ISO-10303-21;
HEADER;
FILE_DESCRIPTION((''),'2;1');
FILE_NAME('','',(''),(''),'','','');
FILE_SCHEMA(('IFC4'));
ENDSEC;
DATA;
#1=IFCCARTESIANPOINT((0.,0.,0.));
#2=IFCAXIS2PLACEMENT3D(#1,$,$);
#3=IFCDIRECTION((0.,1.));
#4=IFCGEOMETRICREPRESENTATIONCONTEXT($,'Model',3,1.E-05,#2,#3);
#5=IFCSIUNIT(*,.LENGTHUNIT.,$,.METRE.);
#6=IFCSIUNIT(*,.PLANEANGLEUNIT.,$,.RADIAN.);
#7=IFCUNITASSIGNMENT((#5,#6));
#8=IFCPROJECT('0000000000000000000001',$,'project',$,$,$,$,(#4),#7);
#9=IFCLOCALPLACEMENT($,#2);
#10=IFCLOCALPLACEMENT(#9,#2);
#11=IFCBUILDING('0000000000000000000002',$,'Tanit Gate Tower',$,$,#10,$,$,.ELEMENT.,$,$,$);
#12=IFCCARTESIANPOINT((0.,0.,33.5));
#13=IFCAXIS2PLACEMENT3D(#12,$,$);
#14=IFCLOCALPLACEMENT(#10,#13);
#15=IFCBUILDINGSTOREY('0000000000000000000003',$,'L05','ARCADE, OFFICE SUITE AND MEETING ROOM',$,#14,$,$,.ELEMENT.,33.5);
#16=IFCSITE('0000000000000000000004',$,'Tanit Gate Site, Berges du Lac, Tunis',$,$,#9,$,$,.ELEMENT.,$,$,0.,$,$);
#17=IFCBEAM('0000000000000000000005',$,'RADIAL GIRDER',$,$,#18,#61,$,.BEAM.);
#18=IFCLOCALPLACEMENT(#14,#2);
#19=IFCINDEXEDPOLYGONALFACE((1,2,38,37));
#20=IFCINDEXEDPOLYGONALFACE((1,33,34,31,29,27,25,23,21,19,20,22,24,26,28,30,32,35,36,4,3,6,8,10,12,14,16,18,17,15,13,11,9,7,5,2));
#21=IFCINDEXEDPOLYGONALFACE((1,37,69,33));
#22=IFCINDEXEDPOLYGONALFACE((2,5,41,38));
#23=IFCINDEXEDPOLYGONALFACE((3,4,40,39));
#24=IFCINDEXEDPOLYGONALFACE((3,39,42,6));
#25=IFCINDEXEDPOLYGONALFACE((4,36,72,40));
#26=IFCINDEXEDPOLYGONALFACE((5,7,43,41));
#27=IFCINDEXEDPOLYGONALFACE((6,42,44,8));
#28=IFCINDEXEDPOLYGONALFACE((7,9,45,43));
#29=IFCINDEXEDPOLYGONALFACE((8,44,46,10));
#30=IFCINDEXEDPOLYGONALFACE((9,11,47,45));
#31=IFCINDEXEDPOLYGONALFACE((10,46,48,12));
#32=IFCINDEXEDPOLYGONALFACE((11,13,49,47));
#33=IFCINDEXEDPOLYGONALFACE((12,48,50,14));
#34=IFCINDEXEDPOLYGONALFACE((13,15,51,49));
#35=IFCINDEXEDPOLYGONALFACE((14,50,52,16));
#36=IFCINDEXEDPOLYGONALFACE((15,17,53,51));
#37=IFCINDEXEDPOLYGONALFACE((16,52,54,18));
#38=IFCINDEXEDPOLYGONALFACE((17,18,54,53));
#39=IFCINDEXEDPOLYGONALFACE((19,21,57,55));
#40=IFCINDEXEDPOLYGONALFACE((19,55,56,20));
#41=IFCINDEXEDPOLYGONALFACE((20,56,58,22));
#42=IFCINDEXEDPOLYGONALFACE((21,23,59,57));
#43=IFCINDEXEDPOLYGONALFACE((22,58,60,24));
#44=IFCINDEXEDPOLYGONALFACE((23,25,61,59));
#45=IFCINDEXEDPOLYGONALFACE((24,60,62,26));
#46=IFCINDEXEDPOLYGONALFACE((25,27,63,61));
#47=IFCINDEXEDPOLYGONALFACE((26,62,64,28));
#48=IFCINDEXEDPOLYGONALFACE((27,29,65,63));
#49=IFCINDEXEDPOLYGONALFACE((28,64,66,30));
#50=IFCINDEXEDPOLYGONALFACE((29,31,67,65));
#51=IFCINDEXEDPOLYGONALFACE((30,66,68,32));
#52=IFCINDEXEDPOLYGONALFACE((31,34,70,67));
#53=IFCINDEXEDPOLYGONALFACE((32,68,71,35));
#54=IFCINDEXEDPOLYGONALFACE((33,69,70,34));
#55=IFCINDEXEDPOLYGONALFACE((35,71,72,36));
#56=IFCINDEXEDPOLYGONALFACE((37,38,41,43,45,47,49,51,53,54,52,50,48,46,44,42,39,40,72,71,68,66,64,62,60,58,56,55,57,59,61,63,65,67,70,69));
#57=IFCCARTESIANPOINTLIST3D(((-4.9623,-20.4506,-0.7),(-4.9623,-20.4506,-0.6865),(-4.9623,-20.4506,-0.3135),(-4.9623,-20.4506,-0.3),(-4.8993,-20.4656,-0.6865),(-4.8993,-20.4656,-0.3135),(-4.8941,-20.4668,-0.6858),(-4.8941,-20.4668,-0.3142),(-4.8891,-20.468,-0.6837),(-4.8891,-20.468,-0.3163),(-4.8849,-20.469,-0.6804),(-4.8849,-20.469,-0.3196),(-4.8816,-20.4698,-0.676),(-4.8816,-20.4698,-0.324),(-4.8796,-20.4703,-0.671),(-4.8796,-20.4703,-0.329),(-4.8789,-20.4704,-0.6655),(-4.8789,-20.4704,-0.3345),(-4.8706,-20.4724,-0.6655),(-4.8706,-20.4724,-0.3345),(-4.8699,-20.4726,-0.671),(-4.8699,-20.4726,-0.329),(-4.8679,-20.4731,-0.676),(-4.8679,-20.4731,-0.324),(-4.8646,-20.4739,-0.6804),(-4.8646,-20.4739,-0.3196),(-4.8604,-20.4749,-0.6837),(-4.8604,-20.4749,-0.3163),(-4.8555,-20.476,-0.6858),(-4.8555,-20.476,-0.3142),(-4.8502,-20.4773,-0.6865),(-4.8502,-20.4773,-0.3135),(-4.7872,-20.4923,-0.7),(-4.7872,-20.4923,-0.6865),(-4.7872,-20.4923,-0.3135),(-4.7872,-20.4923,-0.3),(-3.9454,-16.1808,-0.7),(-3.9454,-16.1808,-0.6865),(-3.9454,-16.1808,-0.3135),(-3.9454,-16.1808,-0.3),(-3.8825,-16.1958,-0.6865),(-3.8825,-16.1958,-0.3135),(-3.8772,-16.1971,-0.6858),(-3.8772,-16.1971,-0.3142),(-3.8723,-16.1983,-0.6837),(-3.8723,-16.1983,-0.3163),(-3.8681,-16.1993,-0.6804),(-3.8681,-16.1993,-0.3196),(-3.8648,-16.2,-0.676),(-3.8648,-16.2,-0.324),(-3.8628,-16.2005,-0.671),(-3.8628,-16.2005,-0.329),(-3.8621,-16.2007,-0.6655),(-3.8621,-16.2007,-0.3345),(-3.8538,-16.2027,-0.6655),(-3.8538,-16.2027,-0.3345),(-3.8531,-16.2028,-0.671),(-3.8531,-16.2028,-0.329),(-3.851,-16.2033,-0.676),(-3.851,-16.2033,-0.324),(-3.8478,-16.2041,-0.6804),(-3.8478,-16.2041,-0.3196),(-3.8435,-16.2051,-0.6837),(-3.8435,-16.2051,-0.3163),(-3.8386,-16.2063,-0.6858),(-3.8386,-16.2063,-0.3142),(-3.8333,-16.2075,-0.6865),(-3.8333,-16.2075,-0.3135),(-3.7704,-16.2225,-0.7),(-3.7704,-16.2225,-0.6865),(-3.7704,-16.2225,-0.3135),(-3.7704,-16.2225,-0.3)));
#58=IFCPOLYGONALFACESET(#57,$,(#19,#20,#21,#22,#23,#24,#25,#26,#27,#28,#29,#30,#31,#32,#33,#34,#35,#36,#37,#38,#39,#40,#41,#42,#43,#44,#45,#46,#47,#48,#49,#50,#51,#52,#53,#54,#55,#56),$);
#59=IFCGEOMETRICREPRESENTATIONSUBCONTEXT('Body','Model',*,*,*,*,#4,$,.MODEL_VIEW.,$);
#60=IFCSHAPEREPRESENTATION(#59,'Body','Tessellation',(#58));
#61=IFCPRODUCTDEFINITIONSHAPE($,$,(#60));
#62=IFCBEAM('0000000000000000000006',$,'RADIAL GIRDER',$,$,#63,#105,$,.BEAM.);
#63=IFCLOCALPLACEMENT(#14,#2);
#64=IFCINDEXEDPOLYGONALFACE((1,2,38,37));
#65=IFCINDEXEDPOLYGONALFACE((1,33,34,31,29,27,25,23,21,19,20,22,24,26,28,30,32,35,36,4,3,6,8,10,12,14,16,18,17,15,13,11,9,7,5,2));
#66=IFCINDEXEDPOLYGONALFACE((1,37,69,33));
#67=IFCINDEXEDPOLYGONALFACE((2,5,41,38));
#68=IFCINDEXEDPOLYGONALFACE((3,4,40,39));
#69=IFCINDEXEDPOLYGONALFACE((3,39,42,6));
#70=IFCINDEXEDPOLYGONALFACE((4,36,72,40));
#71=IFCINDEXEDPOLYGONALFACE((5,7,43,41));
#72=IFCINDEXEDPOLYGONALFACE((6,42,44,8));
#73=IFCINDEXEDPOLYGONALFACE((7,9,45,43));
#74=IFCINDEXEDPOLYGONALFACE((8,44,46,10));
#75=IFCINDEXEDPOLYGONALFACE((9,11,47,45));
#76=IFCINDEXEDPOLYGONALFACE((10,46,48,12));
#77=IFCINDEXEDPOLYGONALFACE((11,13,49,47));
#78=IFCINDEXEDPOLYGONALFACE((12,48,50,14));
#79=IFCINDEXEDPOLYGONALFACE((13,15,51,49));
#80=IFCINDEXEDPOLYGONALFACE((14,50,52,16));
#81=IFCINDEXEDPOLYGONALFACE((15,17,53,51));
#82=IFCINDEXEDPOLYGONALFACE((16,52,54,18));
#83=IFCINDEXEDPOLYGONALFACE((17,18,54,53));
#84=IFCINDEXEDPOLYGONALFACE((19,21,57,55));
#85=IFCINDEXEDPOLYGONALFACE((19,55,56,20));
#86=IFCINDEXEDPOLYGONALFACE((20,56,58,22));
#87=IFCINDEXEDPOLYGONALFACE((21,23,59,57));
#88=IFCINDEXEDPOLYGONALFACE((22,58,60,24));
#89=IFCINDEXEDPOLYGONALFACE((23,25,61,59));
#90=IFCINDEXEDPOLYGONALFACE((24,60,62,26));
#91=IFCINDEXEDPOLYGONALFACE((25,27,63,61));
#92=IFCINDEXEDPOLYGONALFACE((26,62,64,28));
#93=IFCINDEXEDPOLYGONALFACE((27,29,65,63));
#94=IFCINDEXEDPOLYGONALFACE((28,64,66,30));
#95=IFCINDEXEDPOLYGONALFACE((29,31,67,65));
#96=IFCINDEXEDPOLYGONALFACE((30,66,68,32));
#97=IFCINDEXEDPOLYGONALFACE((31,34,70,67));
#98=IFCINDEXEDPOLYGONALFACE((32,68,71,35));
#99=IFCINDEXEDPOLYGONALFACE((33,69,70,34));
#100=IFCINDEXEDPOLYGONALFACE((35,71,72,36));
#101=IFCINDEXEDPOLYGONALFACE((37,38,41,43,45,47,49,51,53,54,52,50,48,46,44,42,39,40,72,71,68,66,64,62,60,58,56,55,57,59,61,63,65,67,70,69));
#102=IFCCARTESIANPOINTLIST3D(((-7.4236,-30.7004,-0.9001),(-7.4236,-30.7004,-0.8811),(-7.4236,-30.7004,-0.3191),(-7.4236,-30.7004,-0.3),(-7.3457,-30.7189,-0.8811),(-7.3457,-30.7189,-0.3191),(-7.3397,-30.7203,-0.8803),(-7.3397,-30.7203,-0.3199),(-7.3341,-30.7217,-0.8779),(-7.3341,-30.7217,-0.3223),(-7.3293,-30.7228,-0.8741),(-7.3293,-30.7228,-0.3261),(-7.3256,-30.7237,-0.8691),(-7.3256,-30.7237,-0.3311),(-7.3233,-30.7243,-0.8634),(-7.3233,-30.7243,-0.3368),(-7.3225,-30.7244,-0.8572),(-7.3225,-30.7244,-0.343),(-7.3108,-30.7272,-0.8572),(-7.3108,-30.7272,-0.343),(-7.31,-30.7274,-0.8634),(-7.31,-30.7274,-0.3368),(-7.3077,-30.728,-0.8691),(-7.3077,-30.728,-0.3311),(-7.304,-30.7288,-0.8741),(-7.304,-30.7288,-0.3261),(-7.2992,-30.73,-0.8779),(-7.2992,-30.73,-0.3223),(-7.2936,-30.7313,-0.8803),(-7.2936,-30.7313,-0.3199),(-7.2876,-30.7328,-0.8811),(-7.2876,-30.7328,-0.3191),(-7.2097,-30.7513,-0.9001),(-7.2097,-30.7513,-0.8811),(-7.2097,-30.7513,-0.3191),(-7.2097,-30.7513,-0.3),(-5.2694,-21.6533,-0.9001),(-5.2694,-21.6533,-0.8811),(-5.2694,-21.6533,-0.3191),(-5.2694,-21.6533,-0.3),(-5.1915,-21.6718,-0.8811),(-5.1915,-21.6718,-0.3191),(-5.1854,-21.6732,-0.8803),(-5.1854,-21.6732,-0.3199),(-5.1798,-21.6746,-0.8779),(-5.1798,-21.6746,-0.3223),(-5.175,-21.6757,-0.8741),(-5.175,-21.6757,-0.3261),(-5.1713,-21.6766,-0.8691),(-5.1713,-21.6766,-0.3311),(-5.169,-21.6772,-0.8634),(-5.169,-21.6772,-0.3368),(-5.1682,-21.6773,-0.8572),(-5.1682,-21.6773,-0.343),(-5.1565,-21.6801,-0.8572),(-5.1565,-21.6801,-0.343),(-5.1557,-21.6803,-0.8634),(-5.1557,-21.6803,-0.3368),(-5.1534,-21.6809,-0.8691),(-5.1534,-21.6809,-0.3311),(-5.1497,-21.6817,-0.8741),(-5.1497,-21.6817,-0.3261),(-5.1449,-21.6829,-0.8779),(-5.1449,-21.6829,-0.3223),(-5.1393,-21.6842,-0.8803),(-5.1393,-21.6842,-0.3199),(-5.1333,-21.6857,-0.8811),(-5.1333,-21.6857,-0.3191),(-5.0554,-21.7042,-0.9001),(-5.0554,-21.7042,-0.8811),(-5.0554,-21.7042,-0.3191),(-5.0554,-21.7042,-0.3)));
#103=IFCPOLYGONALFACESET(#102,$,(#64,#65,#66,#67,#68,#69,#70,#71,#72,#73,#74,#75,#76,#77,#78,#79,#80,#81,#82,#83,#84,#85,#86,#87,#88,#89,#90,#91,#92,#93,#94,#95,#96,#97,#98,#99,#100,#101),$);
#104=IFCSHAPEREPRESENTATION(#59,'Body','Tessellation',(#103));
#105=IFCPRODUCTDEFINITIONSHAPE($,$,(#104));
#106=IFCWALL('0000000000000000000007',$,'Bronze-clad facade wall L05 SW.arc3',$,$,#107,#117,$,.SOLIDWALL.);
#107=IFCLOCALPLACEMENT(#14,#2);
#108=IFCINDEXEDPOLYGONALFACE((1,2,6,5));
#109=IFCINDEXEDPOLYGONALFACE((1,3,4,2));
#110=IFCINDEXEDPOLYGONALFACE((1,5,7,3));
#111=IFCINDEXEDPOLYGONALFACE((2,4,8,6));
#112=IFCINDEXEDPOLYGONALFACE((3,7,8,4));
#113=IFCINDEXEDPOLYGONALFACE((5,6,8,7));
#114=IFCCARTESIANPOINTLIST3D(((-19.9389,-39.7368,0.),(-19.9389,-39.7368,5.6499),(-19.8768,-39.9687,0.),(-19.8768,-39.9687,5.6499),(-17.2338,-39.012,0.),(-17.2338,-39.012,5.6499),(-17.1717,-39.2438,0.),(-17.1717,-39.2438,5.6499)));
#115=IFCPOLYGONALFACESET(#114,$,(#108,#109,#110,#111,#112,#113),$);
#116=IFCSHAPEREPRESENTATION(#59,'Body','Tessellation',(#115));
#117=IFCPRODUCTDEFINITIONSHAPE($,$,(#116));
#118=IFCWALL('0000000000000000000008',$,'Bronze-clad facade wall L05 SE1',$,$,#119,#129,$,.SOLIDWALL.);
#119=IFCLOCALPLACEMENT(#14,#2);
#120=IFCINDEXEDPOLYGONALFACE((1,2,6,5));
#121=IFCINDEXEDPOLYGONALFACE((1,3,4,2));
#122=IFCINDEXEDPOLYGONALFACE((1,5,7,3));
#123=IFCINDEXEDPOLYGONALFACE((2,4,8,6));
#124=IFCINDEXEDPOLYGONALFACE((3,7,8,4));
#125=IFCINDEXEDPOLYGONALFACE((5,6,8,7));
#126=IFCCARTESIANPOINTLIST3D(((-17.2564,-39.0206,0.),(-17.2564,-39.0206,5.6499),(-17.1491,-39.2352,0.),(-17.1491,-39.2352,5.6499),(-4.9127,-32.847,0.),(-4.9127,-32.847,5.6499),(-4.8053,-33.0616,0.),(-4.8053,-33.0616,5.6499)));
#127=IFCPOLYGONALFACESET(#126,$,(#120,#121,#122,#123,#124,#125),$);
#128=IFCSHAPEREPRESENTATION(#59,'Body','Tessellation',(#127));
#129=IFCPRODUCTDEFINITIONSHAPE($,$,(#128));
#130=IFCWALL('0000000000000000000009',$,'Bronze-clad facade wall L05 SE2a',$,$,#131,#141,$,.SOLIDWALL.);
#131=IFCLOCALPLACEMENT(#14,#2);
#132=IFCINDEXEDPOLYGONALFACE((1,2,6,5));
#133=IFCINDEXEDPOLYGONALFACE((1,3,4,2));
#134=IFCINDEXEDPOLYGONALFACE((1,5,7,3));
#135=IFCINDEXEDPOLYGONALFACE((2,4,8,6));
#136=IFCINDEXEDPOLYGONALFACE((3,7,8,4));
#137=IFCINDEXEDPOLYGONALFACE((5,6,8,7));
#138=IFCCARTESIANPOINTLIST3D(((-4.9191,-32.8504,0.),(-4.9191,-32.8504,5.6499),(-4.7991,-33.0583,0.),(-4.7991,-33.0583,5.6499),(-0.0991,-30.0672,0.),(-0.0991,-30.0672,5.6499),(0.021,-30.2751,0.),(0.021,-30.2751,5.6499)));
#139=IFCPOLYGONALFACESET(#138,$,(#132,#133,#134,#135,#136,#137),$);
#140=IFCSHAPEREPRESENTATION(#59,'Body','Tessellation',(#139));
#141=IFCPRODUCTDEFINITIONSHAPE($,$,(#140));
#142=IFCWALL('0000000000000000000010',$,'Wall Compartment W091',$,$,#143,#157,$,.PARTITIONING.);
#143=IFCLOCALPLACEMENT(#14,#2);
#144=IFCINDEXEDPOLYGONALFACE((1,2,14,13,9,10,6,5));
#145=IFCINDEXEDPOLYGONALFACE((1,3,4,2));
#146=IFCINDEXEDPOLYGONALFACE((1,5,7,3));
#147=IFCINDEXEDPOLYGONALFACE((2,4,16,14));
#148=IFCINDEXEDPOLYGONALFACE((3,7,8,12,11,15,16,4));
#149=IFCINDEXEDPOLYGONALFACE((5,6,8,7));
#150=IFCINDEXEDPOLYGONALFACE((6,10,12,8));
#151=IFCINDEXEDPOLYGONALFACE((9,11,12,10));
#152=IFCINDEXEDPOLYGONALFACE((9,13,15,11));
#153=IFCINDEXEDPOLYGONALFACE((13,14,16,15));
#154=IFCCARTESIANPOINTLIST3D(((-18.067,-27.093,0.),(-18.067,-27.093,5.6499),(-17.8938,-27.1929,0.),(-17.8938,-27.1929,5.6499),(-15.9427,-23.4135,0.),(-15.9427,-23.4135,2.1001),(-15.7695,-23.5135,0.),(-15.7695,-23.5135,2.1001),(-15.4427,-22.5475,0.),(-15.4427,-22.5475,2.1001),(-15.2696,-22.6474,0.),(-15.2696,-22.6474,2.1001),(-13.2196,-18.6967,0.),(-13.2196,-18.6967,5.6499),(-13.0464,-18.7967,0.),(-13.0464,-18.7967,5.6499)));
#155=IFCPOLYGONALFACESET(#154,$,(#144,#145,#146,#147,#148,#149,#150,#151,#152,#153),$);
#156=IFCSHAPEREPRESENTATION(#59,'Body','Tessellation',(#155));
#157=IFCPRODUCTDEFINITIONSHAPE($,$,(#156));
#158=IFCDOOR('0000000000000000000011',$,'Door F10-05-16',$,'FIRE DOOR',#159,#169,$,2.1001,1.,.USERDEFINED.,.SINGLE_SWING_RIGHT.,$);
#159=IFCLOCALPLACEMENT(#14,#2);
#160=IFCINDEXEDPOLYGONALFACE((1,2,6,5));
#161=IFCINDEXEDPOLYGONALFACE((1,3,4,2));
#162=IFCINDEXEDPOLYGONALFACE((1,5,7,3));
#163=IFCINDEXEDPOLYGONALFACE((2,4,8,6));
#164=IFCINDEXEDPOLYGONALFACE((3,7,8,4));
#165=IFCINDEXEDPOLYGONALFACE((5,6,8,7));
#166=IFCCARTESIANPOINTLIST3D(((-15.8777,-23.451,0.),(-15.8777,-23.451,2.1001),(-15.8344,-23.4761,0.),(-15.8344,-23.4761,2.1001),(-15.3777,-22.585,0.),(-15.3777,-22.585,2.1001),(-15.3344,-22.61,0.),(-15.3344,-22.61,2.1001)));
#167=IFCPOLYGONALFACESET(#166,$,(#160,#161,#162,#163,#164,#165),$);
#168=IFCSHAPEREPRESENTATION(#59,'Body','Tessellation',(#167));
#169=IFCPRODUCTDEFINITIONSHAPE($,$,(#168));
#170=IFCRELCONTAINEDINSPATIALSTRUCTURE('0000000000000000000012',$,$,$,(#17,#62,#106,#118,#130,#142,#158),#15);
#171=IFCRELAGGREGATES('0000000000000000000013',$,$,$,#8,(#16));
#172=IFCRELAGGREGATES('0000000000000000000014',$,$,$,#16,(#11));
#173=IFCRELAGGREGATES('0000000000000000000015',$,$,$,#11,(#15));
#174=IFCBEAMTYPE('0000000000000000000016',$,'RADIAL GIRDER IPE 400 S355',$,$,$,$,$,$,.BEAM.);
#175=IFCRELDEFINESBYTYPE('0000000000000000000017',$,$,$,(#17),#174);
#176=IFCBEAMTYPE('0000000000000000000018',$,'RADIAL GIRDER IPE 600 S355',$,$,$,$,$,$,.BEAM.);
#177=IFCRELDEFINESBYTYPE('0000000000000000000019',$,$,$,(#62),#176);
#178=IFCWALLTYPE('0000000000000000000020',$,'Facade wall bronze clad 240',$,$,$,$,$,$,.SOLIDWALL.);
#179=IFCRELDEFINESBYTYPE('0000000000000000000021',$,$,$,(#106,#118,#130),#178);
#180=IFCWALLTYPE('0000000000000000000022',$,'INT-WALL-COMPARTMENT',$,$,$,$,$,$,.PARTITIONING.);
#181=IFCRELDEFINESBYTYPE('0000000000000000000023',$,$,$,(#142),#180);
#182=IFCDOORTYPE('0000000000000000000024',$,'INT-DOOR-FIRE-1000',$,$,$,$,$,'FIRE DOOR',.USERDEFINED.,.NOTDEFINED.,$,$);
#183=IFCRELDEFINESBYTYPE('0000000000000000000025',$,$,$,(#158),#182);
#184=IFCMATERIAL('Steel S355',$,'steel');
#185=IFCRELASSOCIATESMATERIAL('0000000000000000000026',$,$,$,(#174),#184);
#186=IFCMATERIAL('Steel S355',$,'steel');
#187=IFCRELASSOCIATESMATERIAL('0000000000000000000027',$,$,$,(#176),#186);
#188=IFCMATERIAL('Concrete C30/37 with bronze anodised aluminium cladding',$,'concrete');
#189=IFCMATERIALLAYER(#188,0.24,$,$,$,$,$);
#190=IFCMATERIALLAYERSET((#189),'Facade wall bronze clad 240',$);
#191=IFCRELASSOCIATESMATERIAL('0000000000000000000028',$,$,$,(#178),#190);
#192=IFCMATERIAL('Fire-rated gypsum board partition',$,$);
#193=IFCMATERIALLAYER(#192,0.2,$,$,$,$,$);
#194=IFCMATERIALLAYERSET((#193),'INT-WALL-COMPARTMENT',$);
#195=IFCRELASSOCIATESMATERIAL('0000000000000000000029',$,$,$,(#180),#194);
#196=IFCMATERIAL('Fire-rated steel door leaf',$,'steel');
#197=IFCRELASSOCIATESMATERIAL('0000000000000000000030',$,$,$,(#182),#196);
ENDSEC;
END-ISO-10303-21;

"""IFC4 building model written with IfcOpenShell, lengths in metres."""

from ifc_helpers import new_model, si_unit, direction, frame, frame_2d, origin, origin_2d, place, context, subcontext, project, spatial, rectangle, i_section, extrude, material, layer, layer_set, material_profile, profile_set, type_object, element, fill, save


model = new_model("IFC4")

# Units and contexts
model_context = context("Model", 3, precision=1e-05, world=origin(), true_north=direction((0.0, 1.0)))
body_context = subcontext(model_context, "Body", "Model", "MODEL_VIEW")
ifc_project = project(units=[si_unit("LENGTHUNIT", "METRE"), si_unit("PLANEANGLEUNIT", "RADIAN")], contexts=[model_context])

# Site, building, storey
site_placement = place(None, origin())
site = spatial("IfcSite", under=ifc_project, at=site_placement, Name="Tanit Gate Site, Berges du Lac, Tunis", CompositionType="ELEMENT", RefElevation=0.0)
building_placement = place(site_placement, origin())
building = spatial("IfcBuilding", under=site, at=building_placement, Name="Tanit Gate Tower", CompositionType="ELEMENT")
storey_placement = place(building_placement, frame((0.0, 0.0, 33.5)))
storey = spatial("IfcBuildingStorey", under=building, at=storey_placement, Name="L05", Description="ARCADE, OFFICE SUITE AND MEETING ROOM", CompositionType="ELEMENT", Elevation=33.5)

# Beams
ifc_material_1 = material(Name="Steel S355", Category="steel")
ifc_material_profile_1 = material_profile(ifc_material_1, i_section(OverallWidth=0.1799, OverallDepth=0.3999, WebThickness=0.0085, FlangeThickness=0.0134, FilletRadius=0.021, at=origin_2d()), Name="IPE 400")
ifc_profile_set_1 = profile_set([ifc_material_profile_1], Name="Steel S355")
beam_type_1 = type_object("IfcBeamType", Name="RADIAL GIRDER IPE 400 S355", PredefinedType="BEAM", material=ifc_profile_set_1)
beam_1_placement = place(storey_placement, frame((-4.8748, -20.4714, -0.5), z_axis=(0.231671, 0.972794, 0.0), x_axis=(-0.972794, 0.231671, 0.0)))
element("IfcBeam", 1, at=beam_1_placement, inside=storey, type_object=beam_type_1, Name="RADIAL GIRDER", PredefinedType="BEAM", context=body_context, shape_type="SweptSolid", body=[
    extrude(i_section(OverallWidth=0.1799, OverallDepth=0.3999, WebThickness=0.0085, FlangeThickness=0.0134, FilletRadius=0.021, at=origin_2d()), origin(), (0.0, 0.0, 1.0), 4.3892),
])
ifc_material_2 = material(Name="Steel S355", Category="steel")
ifc_material_profile_2 = material_profile(ifc_material_2, i_section(OverallWidth=0.22, OverallDepth=0.6001, WebThickness=0.012, FlangeThickness=0.019, FilletRadius=0.0239, at=origin_2d()), Name="IPE 600")
ifc_profile_set_2 = profile_set([ifc_material_profile_2], Name="Steel S355")
beam_type_2 = type_object("IfcBeamType", Name="RADIAL GIRDER IPE 600 S355", PredefinedType="BEAM", material=ifc_profile_set_2)
beam_2_placement = place(storey_placement, frame((-7.3167, -30.7258, -0.6001), z_axis=(0.231643, 0.972801, 0.0), x_axis=(-0.972801, 0.231643, 0.0)))
element("IfcBeam", 2, at=beam_2_placement, inside=storey, type_object=beam_type_2, Name="RADIAL GIRDER", PredefinedType="BEAM", context=body_context, shape_type="SweptSolid", body=[
    extrude(i_section(OverallWidth=0.22, OverallDepth=0.6001, WebThickness=0.012, FlangeThickness=0.019, FilletRadius=0.0239, at=origin_2d()), origin(), (0.0, 0.0, 1.0), 9.3),
])

# Walls
ifc_material_3 = material(Name="Concrete C30/37 with bronze anodised aluminium cladding", Category="concrete")
ifc_layer_1 = layer(ifc_material_3, 0.24)
ifc_layer_set_1 = layer_set([ifc_layer_1], Name="Facade wall bronze clad 240")
wall_type_1 = type_object("IfcWallType", Name="Facade wall bronze clad 240", PredefinedType="SOLIDWALL", material=ifc_layer_set_1)
wall_1_placement = place(storey_placement, frame((-19.908, -39.8528, 0.0), z_axis=(0.0, 0.0, 1.0), x_axis=(0.965923, 0.258829, 0.0)))
element("IfcWall", 3, at=wall_1_placement, inside=storey, type_object=wall_type_1, Name="Bronze-clad facade wall L05 SW.arc3", PredefinedType="SOLIDWALL", context=body_context, shape_type="SweptSolid", body=[
    extrude(rectangle(XDim=2.8005, YDim=0.24, at=frame_2d((1.4004, 0.0))), origin(), (0.0, 0.0, 1.0), 5.6499),
])
wall_2_placement = place(storey_placement, frame((-17.2029, -39.1279, 0.0), z_axis=(0.0, 0.0, 1.0), x_axis=(0.894378, 0.447313, 0.0)))
element("IfcWall", 4, at=wall_2_placement, inside=storey, type_object=wall_type_1, Name="Bronze-clad facade wall L05 SE1", PredefinedType="SOLIDWALL", context=body_context, shape_type="SweptSolid", body=[
    extrude(rectangle(XDim=13.8015, YDim=0.24, at=frame_2d((6.9009, 0.0))), origin(), (0.0, 0.0, 1.0), 5.6499),
])
wall_3_placement = place(storey_placement, frame((-4.8591, -32.9543, 0.0), z_axis=(0.0, 0.0, 1.0), x_axis=(0.865999, 0.500045, 0.0)))
element("IfcWall", 5, at=wall_3_placement, inside=storey, type_object=wall_type_1, Name="Bronze-clad facade wall L05 SE2a", PredefinedType="SOLIDWALL", context=body_context, shape_type="SweptSolid", body=[
    extrude(rectangle(XDim=5.5659, YDim=0.24, at=frame_2d((2.783, 0.0))), origin(), (0.0, 0.0, 1.0), 5.6499),
])

# Wall, opening, door
ifc_material_4 = material(Name="Fire-rated gypsum board partition")
ifc_layer_2 = layer(ifc_material_4, 0.2)
ifc_layer_set_2 = layer_set([ifc_layer_2], Name="INT-WALL-COMPARTMENT")
wall_type_2 = type_object("IfcWallType", Name="INT-WALL-COMPARTMENT", PredefinedType="PARTITIONING", material=ifc_layer_set_2)
wall_4_placement = place(storey_placement, frame((-17.9805, -27.1431, 0.0), z_axis=(0.0, 0.0, 1.0), x_axis=(0.499988, 0.866033, 0.0)))
wall_4 = element("IfcWall", 6, at=wall_4_placement, inside=storey, type_object=wall_type_2, Name="Wall Compartment W091", PredefinedType="PARTITIONING", context=body_context, shape_type="SweptSolid", body=[
    extrude(rectangle(XDim=9.6951, YDim=0.2, at=frame_2d((4.8477, 0.0))), origin(), (0.0, 0.0, 1.0), 5.6499),
])
opening_1_placement = place(wall_4_placement, frame((4.2488, 0.0, 0.0)))
opening_1 = element("IfcOpeningElement", 7, at=opening_1_placement, cuts=wall_4, PredefinedType="OPENING", context=body_context, shape_type="SweptSolid", body=[
    extrude(rectangle(XDim=1.0, YDim=2.1001, at=frame_2d((0.5, 1.05))), frame((0.0, 0.1099, 0.0), z_axis=(0.0, -1.0, 0.0), x_axis=(1.0, 0.0, 0.0)), (0.0, 0.0, 1.0), 0.22),
])
ifc_material_5 = material(Name="Fire-rated steel door leaf", Category="steel")
door_type = type_object("IfcDoorType", Name="INT-DOOR-FIRE-1000", ElementType="FIRE DOOR", OperationType="NOTDEFINED", PredefinedType="USERDEFINED", material=ifc_material_5)
door_1_placement = place(opening_1_placement, origin())
door_1 = element("IfcDoor", 8, at=door_1_placement, inside=storey, type_object=door_type, Name="Door F10-05-16", ObjectType="FIRE DOOR", OperationType="SINGLE_SWING_RIGHT", OverallHeight=2.1001, OverallWidth=1.0, PredefinedType="USERDEFINED", context=body_context, shape_type="SweptSolid", body=[
    extrude(rectangle(XDim=1.0, YDim=2.1001, at=frame_2d((0.5, 1.05))), frame((0.0, 0.0249, 0.0), z_axis=(0.0, -1.0, 0.0), x_axis=(1.0, 0.0, 0.0)), (0.0, 0.0, 1.0), 0.05),
])
fill(opening_1, door_1)

save(model, "model.ifc")
